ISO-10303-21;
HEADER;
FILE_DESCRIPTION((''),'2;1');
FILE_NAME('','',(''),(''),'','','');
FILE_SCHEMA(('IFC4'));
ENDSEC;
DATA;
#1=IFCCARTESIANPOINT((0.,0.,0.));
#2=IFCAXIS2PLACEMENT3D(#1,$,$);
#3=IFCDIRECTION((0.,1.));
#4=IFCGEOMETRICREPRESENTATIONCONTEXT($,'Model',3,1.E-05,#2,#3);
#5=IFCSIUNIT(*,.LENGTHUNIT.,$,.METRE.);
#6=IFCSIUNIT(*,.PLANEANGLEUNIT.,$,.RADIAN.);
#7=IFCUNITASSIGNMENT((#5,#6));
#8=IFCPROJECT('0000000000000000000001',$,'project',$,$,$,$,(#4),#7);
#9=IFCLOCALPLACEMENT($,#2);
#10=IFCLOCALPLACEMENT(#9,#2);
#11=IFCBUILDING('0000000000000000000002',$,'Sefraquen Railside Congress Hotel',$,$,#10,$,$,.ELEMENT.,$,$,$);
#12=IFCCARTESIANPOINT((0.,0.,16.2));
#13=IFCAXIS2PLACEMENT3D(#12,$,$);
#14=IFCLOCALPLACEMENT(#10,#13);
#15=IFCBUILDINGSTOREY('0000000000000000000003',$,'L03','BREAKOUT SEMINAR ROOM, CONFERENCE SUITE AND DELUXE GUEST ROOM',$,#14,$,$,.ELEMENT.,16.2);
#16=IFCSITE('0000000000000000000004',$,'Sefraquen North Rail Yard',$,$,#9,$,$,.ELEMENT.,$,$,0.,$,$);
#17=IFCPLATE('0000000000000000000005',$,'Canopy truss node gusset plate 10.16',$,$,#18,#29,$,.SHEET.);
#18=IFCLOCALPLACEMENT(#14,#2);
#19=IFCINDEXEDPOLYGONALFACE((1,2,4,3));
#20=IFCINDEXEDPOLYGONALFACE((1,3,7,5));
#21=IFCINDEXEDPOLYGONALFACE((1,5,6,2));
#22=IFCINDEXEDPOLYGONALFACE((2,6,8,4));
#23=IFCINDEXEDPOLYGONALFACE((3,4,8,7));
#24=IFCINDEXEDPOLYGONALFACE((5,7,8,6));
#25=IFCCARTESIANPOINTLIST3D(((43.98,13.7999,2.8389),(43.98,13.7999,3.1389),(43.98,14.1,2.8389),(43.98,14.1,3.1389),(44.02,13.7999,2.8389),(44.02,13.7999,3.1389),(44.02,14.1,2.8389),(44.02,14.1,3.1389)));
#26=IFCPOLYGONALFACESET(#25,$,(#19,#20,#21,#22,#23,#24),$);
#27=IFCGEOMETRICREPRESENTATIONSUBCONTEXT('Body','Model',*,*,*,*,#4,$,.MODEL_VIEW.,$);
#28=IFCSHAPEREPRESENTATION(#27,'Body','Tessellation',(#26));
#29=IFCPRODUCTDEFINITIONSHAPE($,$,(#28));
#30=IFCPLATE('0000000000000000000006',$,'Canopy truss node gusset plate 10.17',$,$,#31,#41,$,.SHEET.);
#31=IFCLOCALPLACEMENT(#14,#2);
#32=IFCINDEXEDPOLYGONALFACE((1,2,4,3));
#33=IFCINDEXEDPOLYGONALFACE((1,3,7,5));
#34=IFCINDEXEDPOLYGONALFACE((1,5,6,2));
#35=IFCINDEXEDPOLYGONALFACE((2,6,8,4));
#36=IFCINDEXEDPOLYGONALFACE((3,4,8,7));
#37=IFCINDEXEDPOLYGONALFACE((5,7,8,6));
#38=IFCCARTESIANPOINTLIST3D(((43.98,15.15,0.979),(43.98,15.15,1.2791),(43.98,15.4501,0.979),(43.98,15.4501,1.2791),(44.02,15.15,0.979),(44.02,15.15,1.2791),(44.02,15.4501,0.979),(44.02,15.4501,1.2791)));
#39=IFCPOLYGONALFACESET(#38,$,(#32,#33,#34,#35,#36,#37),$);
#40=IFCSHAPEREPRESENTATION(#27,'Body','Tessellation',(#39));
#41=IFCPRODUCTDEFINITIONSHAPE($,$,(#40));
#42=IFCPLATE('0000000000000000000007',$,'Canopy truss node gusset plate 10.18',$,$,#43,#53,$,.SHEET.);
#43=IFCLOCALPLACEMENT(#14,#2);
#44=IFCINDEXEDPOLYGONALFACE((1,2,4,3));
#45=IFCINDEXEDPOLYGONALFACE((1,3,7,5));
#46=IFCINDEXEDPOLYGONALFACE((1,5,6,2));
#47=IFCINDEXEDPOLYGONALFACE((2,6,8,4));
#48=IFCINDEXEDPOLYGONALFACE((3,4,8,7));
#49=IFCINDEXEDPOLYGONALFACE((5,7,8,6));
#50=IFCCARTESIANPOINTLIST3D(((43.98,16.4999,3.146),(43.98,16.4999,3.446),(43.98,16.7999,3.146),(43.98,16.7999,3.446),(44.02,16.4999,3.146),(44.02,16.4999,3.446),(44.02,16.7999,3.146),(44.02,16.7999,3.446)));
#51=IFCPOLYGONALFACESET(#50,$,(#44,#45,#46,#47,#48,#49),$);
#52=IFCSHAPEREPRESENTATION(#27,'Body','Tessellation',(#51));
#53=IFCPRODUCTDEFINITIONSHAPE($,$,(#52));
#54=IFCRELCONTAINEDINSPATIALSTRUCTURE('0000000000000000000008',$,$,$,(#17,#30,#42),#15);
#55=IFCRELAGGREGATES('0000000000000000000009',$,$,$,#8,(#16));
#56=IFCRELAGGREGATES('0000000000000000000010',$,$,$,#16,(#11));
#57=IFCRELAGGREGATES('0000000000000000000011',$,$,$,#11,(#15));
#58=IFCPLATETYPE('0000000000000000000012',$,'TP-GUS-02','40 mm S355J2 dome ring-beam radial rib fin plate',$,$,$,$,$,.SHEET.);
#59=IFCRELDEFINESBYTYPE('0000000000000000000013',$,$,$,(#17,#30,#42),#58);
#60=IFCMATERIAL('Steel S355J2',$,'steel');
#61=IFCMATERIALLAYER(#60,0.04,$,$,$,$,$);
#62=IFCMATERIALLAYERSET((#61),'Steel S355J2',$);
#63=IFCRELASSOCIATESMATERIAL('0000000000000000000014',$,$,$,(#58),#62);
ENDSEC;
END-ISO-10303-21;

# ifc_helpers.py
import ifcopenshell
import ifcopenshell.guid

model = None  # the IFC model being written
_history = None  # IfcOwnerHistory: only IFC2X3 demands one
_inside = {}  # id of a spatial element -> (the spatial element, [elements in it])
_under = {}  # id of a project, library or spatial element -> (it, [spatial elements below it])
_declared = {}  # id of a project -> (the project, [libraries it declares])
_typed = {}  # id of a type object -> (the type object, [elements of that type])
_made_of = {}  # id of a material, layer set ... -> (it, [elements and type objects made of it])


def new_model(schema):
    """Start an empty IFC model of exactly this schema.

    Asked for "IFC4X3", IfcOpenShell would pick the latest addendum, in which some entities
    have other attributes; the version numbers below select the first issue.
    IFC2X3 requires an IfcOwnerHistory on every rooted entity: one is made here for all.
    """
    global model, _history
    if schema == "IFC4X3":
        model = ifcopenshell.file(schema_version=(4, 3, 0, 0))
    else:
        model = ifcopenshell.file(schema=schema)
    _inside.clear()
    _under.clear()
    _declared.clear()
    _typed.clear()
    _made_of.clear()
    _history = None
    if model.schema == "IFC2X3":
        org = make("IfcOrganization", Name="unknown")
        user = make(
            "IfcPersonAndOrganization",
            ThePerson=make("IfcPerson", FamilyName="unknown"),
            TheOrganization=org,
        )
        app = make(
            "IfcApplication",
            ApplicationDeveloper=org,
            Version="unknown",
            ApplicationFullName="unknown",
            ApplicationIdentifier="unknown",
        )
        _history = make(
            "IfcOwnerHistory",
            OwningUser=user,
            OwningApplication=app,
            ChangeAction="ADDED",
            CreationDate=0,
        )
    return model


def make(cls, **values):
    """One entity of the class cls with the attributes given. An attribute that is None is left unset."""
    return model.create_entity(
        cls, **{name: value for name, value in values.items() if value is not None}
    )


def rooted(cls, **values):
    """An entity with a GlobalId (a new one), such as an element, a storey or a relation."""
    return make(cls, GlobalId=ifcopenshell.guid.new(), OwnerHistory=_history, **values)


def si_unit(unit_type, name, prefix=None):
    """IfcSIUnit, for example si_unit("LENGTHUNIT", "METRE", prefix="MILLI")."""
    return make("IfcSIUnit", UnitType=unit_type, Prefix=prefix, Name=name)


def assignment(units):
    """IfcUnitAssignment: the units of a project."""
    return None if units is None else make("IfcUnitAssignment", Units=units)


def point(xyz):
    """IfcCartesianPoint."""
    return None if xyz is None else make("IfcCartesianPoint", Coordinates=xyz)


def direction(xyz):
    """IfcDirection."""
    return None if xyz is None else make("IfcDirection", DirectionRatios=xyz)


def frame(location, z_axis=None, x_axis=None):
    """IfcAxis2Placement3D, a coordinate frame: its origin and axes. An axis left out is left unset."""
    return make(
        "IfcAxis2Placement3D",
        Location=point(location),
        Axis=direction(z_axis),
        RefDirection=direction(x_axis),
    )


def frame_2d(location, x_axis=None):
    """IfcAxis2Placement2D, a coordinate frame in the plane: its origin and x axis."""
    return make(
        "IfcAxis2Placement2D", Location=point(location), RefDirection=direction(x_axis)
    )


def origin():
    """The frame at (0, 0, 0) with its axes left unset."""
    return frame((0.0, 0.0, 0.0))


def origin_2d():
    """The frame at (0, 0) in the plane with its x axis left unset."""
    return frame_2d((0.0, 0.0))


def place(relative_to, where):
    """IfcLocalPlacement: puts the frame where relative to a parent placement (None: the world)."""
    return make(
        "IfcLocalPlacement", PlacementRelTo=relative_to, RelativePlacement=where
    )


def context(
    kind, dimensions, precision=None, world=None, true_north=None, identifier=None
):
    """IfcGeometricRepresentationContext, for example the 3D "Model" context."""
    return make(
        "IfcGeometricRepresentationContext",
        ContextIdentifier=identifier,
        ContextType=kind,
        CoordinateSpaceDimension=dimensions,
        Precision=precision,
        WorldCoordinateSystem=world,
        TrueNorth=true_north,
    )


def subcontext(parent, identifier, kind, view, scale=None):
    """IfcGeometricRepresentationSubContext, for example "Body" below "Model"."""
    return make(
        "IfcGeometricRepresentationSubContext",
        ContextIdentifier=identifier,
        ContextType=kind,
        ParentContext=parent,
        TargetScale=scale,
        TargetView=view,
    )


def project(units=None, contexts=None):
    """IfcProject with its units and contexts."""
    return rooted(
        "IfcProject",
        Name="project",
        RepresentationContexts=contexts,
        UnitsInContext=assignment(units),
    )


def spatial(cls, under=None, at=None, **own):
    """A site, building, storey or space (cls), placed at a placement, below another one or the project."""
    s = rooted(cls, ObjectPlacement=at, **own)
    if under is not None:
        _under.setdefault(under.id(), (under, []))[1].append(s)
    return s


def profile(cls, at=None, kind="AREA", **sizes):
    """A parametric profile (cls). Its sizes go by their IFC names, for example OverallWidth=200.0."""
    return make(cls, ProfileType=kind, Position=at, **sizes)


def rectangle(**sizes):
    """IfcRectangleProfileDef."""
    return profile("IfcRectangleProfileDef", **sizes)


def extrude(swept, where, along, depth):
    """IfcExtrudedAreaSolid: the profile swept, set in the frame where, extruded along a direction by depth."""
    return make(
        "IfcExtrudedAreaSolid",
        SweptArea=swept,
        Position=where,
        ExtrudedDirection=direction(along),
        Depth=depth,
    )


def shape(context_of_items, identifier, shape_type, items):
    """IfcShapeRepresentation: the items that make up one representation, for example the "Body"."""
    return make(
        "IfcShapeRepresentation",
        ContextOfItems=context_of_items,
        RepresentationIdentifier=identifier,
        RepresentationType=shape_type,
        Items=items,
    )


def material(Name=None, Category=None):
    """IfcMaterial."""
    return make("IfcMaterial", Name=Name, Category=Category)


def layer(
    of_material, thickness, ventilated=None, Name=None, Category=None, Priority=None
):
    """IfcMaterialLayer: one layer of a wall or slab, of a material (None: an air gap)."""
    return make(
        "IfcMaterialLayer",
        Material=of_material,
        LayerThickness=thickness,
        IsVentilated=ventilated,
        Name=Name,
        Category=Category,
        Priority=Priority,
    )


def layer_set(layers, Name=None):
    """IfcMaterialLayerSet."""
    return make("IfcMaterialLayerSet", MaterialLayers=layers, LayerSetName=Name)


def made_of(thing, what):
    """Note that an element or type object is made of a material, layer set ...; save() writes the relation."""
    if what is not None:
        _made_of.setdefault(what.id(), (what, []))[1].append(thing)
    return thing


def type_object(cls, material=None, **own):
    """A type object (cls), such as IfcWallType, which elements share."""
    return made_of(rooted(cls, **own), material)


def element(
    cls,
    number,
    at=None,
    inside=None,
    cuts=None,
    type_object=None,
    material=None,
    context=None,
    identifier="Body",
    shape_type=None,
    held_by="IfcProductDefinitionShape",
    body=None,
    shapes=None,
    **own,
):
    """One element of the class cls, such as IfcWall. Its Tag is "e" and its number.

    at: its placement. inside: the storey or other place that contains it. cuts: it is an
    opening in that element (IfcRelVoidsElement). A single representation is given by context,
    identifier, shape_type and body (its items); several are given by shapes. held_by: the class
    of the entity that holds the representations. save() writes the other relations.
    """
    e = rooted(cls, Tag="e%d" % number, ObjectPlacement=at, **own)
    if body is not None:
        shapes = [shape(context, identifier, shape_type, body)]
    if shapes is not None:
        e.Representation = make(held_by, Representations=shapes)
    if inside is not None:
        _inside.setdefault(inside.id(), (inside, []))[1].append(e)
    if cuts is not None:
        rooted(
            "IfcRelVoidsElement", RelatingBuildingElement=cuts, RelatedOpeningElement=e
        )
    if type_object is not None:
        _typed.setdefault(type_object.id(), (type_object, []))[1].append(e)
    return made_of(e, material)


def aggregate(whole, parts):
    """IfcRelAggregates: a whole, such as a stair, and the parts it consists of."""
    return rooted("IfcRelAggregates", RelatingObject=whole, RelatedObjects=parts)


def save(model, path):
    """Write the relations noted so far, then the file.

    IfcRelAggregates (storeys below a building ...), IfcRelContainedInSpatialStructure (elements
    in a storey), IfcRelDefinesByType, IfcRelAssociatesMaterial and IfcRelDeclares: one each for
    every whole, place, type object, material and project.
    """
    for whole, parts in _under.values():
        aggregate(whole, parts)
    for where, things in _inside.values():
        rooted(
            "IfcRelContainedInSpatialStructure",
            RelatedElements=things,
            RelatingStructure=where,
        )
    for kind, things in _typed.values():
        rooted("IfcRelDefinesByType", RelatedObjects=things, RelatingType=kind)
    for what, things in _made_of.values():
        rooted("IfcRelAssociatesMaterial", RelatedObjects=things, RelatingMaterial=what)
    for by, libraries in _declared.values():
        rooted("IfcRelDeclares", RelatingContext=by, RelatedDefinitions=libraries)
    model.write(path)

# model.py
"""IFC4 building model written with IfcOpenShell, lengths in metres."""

from ifc_helpers import new_model, si_unit, direction, frame, origin, origin_2d, place, context, subcontext, project, spatial, rectangle, extrude, material, layer, layer_set, type_object, element, save


model = new_model("IFC4")

# Units and contexts
model_context = context("Model", 3, precision=1e-05, world=origin(), true_north=direction((0.0, 1.0)))
body_context = subcontext(model_context, "Body", "Model", "MODEL_VIEW")
ifc_project = project(units=[si_unit("LENGTHUNIT", "METRE"), si_unit("PLANEANGLEUNIT", "RADIAN")], contexts=[model_context])

# Site, building, storey
site_placement = place(None, origin())
site = spatial("IfcSite", under=ifc_project, at=site_placement, Name="Sefraquen North Rail Yard", CompositionType="ELEMENT", RefElevation=0.0)
building_placement = place(site_placement, origin())
building = spatial("IfcBuilding", under=site, at=building_placement, Name="Sefraquen Railside Congress Hotel", CompositionType="ELEMENT")
storey_placement = place(building_placement, frame((0.0, 0.0, 16.2)))
storey = spatial("IfcBuildingStorey", under=building, at=storey_placement, Name="L03", Description="BREAKOUT SEMINAR ROOM, CONFERENCE SUITE AND DELUXE GUEST ROOM", CompositionType="ELEMENT", Elevation=16.2)

# Shared definitions
ifc_material_1 = material(Name="Steel S355J2", Category="steel")

# Plates
ifc_layer = layer(ifc_material_1, 0.04)
ifc_layer_set = layer_set([ifc_layer], Name="Steel S355J2")
plate_type = type_object("IfcPlateType", Name="TP-GUS-02", Description="40 mm S355J2 dome ring-beam radial rib fin plate", PredefinedType="SHEET", material=ifc_layer_set)
for number, where, z_axis, x_axis, name in (
    (1, (44.0, 13.95, 2.8389), (0.0, 0.0, 1.0), (1.0, 0.0, 0.0), "Canopy truss node gusset plate 10.16"),
    (2, (44.0, 15.3, 0.979), (0.0, 0.0, 1.0), (1.0, 0.0, 0.0), "Canopy truss node gusset plate 10.17"),
    (3, (44.0, 16.6499, 3.146), (0.0, 0.0, 1.0), (1.0, 0.0, 0.0), "Canopy truss node gusset plate 10.18"),
):
    element("IfcPlate", number, at=place(storey_placement, frame(where, z_axis=z_axis, x_axis=x_axis)), inside=storey, type_object=plate_type, Name=name, PredefinedType="SHEET", context=body_context, shape_type="SweptSolid", body=[
        extrude(rectangle(XDim=0.04, YDim=0.3, at=origin_2d()), origin(), (0.0, 0.0, 1.0), 0.3),
    ])

save(model, "model.ifc")
